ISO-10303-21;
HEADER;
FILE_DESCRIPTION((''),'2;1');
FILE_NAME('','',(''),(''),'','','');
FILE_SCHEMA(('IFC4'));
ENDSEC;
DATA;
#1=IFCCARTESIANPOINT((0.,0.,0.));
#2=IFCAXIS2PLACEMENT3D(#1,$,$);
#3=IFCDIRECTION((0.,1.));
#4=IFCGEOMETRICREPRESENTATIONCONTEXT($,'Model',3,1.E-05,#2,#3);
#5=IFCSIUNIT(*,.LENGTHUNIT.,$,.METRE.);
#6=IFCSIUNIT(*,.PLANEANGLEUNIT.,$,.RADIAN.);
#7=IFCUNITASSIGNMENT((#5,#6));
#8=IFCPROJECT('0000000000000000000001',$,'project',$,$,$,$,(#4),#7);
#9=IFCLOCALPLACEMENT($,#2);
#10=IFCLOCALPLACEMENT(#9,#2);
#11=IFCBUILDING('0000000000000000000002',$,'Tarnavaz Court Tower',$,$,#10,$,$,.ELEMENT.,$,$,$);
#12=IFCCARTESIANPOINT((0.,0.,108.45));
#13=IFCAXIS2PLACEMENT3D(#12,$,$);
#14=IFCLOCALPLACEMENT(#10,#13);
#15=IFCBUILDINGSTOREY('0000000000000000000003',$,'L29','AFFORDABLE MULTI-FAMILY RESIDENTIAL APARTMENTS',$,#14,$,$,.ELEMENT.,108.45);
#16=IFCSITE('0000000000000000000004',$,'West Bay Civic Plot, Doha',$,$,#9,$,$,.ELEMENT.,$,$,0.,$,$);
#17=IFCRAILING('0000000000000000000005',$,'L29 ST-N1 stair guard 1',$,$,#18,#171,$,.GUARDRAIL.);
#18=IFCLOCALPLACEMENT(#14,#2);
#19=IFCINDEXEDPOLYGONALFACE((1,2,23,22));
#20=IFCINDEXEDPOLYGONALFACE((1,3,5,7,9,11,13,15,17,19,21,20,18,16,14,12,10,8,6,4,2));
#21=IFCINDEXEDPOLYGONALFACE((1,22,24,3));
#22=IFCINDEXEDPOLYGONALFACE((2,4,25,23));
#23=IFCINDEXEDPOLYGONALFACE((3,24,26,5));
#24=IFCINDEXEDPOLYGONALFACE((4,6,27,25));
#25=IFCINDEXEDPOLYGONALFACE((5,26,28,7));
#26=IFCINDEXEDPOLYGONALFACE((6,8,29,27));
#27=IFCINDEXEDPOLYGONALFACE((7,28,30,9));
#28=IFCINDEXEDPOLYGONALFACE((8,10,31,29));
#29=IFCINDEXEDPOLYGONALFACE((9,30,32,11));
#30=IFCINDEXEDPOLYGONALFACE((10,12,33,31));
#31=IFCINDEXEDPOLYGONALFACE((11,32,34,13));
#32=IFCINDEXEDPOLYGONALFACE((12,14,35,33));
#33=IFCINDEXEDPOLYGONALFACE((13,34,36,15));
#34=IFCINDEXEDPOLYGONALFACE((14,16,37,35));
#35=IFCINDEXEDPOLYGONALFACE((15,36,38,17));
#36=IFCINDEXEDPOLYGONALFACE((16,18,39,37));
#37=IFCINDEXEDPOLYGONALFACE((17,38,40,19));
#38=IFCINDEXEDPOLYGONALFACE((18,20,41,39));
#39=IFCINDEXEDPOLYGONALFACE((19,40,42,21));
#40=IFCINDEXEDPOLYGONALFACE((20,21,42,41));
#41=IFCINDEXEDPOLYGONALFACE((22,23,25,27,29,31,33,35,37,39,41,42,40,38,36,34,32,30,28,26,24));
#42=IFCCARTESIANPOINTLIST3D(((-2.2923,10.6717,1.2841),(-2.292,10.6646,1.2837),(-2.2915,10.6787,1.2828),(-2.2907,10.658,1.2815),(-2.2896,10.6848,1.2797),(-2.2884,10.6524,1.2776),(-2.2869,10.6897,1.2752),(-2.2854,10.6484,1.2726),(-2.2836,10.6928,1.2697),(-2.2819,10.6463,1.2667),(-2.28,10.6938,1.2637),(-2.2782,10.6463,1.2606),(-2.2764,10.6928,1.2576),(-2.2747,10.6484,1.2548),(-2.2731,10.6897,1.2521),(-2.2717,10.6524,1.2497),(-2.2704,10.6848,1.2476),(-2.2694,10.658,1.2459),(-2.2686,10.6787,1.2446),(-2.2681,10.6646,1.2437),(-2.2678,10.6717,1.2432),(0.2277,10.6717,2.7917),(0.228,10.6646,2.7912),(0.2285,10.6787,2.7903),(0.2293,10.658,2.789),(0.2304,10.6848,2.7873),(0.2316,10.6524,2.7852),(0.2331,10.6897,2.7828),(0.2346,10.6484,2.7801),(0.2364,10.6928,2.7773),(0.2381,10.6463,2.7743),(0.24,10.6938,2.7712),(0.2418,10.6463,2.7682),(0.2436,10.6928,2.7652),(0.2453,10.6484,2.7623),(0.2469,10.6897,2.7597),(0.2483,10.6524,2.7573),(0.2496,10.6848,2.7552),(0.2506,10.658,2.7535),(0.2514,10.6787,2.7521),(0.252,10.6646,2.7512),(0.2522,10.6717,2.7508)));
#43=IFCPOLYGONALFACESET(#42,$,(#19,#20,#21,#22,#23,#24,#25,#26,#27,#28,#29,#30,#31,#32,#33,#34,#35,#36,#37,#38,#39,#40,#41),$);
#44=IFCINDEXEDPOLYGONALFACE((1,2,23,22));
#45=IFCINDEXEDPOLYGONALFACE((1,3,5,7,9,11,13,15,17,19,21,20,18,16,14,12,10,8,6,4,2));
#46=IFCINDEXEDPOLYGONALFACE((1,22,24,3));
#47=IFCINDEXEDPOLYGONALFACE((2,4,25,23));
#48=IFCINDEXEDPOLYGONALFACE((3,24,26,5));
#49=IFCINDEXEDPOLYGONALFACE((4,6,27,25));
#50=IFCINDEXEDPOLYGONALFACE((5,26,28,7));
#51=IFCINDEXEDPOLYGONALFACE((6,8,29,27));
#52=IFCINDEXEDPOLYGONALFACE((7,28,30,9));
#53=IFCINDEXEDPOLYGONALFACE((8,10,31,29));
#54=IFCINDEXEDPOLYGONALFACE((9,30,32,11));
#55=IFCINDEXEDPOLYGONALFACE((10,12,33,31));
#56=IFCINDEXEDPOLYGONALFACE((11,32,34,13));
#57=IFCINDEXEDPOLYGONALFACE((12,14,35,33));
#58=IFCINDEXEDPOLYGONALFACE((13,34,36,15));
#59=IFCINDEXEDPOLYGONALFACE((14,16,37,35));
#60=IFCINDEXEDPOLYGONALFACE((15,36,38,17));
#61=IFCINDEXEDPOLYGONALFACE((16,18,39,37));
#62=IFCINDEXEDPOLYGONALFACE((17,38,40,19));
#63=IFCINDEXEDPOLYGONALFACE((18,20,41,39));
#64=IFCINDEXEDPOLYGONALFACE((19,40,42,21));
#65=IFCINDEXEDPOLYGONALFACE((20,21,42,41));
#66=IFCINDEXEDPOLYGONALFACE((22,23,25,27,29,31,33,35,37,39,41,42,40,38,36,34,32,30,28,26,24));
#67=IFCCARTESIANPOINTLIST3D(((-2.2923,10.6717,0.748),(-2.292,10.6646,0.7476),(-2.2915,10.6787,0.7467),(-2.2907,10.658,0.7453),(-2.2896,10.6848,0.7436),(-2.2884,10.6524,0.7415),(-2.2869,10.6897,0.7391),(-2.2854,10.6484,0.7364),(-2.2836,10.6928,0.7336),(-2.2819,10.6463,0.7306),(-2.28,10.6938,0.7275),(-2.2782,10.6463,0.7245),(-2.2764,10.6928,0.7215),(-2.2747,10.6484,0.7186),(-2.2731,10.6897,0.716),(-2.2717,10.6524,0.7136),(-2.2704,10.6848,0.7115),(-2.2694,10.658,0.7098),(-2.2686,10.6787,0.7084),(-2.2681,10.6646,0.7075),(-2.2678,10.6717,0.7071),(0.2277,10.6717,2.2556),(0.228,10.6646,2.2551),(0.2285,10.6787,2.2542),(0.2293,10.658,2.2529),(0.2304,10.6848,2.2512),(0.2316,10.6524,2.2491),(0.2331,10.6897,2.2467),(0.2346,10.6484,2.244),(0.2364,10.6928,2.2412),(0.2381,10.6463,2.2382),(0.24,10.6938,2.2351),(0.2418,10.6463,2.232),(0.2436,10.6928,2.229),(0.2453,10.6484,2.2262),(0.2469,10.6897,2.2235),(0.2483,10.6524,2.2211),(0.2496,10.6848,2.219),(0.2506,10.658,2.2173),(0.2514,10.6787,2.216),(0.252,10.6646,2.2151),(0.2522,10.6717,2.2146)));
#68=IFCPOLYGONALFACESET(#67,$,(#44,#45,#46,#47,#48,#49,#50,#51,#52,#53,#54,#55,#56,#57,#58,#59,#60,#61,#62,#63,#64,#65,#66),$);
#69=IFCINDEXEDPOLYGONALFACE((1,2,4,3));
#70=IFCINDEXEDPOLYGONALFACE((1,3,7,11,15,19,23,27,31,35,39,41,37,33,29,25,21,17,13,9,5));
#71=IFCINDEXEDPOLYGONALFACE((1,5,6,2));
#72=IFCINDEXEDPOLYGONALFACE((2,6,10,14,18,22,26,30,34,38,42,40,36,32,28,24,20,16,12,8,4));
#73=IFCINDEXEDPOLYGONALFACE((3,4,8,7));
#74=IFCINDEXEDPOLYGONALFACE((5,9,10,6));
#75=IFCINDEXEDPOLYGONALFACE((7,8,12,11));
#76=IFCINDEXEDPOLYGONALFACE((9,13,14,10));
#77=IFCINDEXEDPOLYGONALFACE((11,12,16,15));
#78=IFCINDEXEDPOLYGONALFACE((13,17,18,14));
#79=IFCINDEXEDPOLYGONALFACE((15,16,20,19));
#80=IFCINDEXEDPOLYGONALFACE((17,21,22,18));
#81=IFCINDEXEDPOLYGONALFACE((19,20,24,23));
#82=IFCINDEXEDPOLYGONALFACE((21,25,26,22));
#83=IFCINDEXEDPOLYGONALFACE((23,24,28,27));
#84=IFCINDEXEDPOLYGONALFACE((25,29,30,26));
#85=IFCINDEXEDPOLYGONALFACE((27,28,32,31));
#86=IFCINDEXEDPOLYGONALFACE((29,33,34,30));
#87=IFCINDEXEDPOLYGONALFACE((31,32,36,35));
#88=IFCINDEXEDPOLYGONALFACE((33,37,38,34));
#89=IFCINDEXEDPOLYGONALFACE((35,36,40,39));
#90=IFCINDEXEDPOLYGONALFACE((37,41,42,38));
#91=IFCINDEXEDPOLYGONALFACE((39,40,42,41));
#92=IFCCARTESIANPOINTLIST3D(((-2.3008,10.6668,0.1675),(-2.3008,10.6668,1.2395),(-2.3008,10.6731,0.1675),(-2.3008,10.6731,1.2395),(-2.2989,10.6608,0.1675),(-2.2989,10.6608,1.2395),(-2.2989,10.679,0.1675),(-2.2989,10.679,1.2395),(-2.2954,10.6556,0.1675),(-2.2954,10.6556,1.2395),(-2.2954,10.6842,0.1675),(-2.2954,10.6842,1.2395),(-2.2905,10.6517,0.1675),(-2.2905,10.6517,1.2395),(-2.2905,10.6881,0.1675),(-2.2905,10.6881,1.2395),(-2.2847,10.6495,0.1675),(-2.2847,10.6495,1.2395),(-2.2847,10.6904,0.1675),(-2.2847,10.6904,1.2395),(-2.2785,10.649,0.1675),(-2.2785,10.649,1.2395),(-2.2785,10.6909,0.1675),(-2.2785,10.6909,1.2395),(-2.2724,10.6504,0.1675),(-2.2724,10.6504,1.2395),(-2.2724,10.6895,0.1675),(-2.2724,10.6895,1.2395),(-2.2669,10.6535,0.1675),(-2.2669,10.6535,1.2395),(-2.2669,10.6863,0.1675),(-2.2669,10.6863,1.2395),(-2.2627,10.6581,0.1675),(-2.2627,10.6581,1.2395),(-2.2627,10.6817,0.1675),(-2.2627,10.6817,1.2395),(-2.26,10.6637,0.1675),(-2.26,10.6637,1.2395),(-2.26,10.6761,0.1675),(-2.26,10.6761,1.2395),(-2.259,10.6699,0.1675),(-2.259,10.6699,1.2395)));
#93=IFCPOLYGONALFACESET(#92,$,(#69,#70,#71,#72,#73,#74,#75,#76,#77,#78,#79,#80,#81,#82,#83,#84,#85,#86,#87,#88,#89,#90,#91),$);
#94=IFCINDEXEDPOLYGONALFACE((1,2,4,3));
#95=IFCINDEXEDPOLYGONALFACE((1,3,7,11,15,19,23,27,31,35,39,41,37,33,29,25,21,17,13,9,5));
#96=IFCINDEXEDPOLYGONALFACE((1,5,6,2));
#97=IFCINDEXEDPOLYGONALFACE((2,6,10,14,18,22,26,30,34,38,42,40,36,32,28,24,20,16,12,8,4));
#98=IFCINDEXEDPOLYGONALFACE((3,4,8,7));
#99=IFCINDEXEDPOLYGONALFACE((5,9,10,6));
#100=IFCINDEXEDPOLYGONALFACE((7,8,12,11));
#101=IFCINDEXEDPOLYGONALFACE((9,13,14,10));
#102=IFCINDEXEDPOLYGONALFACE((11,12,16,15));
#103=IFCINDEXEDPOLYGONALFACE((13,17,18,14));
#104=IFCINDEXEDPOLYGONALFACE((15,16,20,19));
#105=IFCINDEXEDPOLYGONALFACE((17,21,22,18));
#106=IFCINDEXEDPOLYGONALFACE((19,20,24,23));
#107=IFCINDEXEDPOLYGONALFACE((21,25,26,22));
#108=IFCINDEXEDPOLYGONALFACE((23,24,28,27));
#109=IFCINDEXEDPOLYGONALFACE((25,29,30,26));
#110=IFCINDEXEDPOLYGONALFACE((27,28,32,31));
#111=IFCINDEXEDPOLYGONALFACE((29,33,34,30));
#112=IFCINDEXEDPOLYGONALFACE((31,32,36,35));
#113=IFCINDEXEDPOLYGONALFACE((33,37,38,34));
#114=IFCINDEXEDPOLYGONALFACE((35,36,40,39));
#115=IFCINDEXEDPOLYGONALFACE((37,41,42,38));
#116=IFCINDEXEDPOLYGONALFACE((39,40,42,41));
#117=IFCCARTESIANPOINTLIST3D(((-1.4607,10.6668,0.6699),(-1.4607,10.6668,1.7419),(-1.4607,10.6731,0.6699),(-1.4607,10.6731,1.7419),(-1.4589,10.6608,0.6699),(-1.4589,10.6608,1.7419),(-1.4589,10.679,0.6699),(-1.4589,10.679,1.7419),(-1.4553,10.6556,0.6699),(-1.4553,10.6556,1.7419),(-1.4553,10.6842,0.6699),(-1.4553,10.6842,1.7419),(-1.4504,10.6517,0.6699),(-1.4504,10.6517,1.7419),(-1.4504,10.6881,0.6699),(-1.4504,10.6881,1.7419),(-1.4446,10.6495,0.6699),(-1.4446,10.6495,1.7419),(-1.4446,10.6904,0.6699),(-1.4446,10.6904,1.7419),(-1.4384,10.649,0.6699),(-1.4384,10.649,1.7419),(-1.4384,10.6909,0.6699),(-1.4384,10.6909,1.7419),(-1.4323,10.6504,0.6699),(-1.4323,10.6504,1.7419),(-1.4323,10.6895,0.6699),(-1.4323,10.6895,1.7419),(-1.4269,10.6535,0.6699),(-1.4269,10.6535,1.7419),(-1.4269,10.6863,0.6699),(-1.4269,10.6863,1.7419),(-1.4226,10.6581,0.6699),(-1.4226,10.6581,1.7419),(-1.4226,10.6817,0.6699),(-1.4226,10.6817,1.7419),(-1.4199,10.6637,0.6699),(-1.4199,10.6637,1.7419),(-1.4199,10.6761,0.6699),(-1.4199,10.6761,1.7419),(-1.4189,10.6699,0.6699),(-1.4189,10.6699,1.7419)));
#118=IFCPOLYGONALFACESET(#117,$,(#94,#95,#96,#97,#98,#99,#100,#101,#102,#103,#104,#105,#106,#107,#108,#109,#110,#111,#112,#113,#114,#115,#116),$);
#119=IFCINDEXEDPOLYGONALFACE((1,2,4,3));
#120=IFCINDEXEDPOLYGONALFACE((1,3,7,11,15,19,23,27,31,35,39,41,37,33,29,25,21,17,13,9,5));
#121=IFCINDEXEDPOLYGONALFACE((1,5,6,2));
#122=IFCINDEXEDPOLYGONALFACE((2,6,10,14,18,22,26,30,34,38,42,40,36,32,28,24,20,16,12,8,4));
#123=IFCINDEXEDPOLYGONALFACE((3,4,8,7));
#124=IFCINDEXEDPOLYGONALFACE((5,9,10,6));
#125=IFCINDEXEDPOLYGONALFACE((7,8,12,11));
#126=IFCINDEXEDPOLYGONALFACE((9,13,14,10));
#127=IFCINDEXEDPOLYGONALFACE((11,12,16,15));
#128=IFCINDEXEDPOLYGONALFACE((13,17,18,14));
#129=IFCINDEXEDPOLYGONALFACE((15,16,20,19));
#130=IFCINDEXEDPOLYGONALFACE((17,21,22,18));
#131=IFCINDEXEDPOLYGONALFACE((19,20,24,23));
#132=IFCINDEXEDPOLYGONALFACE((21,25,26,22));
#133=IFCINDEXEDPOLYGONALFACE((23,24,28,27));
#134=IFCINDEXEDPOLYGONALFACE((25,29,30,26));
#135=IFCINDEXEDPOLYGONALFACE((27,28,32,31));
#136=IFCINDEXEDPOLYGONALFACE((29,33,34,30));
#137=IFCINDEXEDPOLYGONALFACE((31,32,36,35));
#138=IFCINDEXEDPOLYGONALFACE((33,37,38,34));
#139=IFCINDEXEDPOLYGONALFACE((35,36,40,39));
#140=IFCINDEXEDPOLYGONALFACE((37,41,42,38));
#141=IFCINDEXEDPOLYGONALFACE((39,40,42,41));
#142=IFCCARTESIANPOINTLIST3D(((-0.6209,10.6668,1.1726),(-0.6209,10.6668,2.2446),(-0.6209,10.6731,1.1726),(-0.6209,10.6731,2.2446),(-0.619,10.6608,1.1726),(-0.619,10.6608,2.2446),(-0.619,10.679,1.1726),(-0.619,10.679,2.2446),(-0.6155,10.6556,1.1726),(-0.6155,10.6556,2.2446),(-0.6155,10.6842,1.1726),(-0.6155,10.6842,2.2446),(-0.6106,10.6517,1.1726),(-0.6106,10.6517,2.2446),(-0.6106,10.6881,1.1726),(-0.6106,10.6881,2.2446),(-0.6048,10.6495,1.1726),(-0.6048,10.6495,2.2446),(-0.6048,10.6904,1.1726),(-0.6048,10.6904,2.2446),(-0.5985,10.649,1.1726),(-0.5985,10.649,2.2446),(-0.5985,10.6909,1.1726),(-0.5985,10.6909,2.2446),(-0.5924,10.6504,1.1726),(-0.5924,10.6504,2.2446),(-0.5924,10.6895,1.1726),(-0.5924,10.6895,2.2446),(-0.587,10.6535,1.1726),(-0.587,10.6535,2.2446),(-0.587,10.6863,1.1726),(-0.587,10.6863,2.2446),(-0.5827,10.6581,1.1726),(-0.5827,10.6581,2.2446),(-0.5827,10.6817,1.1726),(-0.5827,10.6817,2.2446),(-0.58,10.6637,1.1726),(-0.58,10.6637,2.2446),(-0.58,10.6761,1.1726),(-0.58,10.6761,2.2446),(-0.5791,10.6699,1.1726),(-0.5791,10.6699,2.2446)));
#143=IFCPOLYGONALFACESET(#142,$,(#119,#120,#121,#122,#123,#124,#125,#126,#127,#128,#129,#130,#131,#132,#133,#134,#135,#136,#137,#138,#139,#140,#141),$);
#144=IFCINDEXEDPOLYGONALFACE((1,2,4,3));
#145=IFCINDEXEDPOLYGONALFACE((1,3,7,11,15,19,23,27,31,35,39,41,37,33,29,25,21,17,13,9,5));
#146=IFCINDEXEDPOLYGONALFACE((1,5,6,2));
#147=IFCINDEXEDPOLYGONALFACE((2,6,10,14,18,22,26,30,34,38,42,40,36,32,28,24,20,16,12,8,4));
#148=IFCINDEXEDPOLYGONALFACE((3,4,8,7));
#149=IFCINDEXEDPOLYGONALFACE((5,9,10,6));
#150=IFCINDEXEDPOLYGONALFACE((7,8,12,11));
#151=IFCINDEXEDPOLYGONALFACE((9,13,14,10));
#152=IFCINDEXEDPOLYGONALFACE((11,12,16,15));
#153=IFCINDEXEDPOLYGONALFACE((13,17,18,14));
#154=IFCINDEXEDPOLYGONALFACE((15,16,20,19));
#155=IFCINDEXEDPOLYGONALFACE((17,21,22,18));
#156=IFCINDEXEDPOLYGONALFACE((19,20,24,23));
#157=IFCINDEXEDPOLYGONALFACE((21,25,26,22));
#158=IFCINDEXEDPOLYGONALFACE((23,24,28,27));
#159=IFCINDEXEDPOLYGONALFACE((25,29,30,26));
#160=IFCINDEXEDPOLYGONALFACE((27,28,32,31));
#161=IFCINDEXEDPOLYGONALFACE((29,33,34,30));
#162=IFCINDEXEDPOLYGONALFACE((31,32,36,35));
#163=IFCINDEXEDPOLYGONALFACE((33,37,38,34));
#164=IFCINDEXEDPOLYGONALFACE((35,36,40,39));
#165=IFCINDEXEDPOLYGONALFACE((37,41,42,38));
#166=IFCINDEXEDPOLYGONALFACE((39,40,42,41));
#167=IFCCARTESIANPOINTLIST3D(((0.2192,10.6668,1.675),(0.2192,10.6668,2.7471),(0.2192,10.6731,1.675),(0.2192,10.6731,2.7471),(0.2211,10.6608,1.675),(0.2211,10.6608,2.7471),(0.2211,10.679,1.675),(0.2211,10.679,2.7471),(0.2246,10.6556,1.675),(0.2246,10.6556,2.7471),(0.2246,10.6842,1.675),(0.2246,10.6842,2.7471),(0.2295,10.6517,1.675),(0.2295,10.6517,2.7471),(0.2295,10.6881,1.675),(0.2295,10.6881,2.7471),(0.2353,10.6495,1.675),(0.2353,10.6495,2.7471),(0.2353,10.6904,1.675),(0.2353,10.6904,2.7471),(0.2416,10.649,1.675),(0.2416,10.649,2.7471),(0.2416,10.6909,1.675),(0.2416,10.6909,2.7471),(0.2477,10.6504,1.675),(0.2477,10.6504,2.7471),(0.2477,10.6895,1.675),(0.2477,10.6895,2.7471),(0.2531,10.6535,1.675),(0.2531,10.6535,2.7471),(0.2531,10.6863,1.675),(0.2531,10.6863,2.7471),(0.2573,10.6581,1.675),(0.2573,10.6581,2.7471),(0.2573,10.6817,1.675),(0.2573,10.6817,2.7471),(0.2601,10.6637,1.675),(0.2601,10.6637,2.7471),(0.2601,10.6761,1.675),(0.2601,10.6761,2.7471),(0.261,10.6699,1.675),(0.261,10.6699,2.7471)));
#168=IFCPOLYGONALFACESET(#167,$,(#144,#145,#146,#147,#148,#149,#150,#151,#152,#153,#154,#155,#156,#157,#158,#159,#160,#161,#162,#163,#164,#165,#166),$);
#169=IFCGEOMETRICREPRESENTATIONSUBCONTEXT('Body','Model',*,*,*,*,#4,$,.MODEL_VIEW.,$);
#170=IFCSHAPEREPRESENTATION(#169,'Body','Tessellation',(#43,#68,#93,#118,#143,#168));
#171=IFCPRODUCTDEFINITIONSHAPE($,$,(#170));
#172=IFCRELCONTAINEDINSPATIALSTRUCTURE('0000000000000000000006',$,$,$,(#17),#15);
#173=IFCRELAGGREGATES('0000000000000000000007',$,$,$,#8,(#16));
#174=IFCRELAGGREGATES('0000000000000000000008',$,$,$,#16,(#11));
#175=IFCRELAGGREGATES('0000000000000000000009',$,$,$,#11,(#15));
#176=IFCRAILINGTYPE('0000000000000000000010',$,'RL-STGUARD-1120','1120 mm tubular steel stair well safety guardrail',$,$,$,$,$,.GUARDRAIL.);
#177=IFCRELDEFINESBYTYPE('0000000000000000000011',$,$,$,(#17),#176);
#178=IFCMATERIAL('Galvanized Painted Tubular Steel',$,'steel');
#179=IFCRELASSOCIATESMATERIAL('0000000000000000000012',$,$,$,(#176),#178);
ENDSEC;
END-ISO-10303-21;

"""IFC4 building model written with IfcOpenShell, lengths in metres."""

from ifc_helpers import new_model, si_unit, direction, frame, origin, origin_2d, place, context, subcontext, project, spatial, circle, extrude, material, type_object, element, save


model = new_model("IFC4")

# Units and contexts
model_context = context("Model", 3, precision=1e-05, world=origin(), true_north=direction((0.0, 1.0)))
body_context = subcontext(model_context, "Body", "Model", "MODEL_VIEW")
ifc_project = project(units=[si_unit("LENGTHUNIT", "METRE"), si_unit("PLANEANGLEUNIT", "RADIAN")], contexts=[model_context])

# Site, building, storey
site_placement = place(None, origin())
site = spatial("IfcSite", under=ifc_project, at=site_placement, Name="West Bay Civic Plot, Doha", CompositionType="ELEMENT", RefElevation=0.0)
building_placement = place(site_placement, origin())
building = spatial("IfcBuilding", under=site, at=building_placement, Name="Tarnavaz Court Tower", CompositionType="ELEMENT")
storey_placement = place(building_placement, frame((0.0, 0.0, 108.45)))
storey = spatial("IfcBuildingStorey", under=building, at=storey_placement, Name="L29", Description="AFFORDABLE MULTI-FAMILY RESIDENTIAL APARTMENTS", CompositionType="ELEMENT", Elevation=108.45)

# Railing
ifc_material_1 = material(Name="Galvanized Painted Tubular Steel", Category="steel")
railing_type_1 = type_object("IfcRailingType", Name="RL-STGUARD-1120", Description="1120 mm tubular steel stair well safety guardrail", PredefinedType="GUARDRAIL", material=ifc_material_1)
railing_1_placement = place(storey_placement, frame((-2.28, 10.6699, 0.1675)))
element("IfcRailing", 1, at=railing_1_placement, inside=storey, type_object=railing_type_1, Name="L29 ST-N1 stair guard 1", PredefinedType="GUARDRAIL", context=body_context, shape_type="SweptSolid", body=[
    extrude(circle(Radius=0.0239, at=origin_2d()), frame((0.0, 0.0, 1.0962), z_axis=(0.85816, 0.0, 0.513383), x_axis=(0.0, 1.0, 0.0)), (0.0, 0.0, 1.0), 2.9365),
    extrude(circle(Radius=0.0239, at=origin_2d()), frame((0.0, 0.0, 0.5601), z_axis=(0.85816, 0.0, 0.513383), x_axis=(0.0, 1.0, 0.0)), (0.0, 0.0, 1.0), 2.9365),
    extrude(circle(Radius=0.021, at=origin_2d()), origin(), (0.0, 0.0, 1.0), 1.072),
    extrude(circle(Radius=0.021, at=origin_2d()), frame((0.8401, 0.0, 0.5024)), (0.0, 0.0, 1.0), 1.072),
    extrude(circle(Radius=0.021, at=origin_2d()), frame((1.6799, 0.0, 1.0051)), (0.0, 0.0, 1.0), 1.072),
    extrude(circle(Radius=0.021, at=origin_2d()), frame((2.52, 0.0, 1.5076)), (0.0, 0.0, 1.0), 1.072),
])

save(model, "model.ifc")
